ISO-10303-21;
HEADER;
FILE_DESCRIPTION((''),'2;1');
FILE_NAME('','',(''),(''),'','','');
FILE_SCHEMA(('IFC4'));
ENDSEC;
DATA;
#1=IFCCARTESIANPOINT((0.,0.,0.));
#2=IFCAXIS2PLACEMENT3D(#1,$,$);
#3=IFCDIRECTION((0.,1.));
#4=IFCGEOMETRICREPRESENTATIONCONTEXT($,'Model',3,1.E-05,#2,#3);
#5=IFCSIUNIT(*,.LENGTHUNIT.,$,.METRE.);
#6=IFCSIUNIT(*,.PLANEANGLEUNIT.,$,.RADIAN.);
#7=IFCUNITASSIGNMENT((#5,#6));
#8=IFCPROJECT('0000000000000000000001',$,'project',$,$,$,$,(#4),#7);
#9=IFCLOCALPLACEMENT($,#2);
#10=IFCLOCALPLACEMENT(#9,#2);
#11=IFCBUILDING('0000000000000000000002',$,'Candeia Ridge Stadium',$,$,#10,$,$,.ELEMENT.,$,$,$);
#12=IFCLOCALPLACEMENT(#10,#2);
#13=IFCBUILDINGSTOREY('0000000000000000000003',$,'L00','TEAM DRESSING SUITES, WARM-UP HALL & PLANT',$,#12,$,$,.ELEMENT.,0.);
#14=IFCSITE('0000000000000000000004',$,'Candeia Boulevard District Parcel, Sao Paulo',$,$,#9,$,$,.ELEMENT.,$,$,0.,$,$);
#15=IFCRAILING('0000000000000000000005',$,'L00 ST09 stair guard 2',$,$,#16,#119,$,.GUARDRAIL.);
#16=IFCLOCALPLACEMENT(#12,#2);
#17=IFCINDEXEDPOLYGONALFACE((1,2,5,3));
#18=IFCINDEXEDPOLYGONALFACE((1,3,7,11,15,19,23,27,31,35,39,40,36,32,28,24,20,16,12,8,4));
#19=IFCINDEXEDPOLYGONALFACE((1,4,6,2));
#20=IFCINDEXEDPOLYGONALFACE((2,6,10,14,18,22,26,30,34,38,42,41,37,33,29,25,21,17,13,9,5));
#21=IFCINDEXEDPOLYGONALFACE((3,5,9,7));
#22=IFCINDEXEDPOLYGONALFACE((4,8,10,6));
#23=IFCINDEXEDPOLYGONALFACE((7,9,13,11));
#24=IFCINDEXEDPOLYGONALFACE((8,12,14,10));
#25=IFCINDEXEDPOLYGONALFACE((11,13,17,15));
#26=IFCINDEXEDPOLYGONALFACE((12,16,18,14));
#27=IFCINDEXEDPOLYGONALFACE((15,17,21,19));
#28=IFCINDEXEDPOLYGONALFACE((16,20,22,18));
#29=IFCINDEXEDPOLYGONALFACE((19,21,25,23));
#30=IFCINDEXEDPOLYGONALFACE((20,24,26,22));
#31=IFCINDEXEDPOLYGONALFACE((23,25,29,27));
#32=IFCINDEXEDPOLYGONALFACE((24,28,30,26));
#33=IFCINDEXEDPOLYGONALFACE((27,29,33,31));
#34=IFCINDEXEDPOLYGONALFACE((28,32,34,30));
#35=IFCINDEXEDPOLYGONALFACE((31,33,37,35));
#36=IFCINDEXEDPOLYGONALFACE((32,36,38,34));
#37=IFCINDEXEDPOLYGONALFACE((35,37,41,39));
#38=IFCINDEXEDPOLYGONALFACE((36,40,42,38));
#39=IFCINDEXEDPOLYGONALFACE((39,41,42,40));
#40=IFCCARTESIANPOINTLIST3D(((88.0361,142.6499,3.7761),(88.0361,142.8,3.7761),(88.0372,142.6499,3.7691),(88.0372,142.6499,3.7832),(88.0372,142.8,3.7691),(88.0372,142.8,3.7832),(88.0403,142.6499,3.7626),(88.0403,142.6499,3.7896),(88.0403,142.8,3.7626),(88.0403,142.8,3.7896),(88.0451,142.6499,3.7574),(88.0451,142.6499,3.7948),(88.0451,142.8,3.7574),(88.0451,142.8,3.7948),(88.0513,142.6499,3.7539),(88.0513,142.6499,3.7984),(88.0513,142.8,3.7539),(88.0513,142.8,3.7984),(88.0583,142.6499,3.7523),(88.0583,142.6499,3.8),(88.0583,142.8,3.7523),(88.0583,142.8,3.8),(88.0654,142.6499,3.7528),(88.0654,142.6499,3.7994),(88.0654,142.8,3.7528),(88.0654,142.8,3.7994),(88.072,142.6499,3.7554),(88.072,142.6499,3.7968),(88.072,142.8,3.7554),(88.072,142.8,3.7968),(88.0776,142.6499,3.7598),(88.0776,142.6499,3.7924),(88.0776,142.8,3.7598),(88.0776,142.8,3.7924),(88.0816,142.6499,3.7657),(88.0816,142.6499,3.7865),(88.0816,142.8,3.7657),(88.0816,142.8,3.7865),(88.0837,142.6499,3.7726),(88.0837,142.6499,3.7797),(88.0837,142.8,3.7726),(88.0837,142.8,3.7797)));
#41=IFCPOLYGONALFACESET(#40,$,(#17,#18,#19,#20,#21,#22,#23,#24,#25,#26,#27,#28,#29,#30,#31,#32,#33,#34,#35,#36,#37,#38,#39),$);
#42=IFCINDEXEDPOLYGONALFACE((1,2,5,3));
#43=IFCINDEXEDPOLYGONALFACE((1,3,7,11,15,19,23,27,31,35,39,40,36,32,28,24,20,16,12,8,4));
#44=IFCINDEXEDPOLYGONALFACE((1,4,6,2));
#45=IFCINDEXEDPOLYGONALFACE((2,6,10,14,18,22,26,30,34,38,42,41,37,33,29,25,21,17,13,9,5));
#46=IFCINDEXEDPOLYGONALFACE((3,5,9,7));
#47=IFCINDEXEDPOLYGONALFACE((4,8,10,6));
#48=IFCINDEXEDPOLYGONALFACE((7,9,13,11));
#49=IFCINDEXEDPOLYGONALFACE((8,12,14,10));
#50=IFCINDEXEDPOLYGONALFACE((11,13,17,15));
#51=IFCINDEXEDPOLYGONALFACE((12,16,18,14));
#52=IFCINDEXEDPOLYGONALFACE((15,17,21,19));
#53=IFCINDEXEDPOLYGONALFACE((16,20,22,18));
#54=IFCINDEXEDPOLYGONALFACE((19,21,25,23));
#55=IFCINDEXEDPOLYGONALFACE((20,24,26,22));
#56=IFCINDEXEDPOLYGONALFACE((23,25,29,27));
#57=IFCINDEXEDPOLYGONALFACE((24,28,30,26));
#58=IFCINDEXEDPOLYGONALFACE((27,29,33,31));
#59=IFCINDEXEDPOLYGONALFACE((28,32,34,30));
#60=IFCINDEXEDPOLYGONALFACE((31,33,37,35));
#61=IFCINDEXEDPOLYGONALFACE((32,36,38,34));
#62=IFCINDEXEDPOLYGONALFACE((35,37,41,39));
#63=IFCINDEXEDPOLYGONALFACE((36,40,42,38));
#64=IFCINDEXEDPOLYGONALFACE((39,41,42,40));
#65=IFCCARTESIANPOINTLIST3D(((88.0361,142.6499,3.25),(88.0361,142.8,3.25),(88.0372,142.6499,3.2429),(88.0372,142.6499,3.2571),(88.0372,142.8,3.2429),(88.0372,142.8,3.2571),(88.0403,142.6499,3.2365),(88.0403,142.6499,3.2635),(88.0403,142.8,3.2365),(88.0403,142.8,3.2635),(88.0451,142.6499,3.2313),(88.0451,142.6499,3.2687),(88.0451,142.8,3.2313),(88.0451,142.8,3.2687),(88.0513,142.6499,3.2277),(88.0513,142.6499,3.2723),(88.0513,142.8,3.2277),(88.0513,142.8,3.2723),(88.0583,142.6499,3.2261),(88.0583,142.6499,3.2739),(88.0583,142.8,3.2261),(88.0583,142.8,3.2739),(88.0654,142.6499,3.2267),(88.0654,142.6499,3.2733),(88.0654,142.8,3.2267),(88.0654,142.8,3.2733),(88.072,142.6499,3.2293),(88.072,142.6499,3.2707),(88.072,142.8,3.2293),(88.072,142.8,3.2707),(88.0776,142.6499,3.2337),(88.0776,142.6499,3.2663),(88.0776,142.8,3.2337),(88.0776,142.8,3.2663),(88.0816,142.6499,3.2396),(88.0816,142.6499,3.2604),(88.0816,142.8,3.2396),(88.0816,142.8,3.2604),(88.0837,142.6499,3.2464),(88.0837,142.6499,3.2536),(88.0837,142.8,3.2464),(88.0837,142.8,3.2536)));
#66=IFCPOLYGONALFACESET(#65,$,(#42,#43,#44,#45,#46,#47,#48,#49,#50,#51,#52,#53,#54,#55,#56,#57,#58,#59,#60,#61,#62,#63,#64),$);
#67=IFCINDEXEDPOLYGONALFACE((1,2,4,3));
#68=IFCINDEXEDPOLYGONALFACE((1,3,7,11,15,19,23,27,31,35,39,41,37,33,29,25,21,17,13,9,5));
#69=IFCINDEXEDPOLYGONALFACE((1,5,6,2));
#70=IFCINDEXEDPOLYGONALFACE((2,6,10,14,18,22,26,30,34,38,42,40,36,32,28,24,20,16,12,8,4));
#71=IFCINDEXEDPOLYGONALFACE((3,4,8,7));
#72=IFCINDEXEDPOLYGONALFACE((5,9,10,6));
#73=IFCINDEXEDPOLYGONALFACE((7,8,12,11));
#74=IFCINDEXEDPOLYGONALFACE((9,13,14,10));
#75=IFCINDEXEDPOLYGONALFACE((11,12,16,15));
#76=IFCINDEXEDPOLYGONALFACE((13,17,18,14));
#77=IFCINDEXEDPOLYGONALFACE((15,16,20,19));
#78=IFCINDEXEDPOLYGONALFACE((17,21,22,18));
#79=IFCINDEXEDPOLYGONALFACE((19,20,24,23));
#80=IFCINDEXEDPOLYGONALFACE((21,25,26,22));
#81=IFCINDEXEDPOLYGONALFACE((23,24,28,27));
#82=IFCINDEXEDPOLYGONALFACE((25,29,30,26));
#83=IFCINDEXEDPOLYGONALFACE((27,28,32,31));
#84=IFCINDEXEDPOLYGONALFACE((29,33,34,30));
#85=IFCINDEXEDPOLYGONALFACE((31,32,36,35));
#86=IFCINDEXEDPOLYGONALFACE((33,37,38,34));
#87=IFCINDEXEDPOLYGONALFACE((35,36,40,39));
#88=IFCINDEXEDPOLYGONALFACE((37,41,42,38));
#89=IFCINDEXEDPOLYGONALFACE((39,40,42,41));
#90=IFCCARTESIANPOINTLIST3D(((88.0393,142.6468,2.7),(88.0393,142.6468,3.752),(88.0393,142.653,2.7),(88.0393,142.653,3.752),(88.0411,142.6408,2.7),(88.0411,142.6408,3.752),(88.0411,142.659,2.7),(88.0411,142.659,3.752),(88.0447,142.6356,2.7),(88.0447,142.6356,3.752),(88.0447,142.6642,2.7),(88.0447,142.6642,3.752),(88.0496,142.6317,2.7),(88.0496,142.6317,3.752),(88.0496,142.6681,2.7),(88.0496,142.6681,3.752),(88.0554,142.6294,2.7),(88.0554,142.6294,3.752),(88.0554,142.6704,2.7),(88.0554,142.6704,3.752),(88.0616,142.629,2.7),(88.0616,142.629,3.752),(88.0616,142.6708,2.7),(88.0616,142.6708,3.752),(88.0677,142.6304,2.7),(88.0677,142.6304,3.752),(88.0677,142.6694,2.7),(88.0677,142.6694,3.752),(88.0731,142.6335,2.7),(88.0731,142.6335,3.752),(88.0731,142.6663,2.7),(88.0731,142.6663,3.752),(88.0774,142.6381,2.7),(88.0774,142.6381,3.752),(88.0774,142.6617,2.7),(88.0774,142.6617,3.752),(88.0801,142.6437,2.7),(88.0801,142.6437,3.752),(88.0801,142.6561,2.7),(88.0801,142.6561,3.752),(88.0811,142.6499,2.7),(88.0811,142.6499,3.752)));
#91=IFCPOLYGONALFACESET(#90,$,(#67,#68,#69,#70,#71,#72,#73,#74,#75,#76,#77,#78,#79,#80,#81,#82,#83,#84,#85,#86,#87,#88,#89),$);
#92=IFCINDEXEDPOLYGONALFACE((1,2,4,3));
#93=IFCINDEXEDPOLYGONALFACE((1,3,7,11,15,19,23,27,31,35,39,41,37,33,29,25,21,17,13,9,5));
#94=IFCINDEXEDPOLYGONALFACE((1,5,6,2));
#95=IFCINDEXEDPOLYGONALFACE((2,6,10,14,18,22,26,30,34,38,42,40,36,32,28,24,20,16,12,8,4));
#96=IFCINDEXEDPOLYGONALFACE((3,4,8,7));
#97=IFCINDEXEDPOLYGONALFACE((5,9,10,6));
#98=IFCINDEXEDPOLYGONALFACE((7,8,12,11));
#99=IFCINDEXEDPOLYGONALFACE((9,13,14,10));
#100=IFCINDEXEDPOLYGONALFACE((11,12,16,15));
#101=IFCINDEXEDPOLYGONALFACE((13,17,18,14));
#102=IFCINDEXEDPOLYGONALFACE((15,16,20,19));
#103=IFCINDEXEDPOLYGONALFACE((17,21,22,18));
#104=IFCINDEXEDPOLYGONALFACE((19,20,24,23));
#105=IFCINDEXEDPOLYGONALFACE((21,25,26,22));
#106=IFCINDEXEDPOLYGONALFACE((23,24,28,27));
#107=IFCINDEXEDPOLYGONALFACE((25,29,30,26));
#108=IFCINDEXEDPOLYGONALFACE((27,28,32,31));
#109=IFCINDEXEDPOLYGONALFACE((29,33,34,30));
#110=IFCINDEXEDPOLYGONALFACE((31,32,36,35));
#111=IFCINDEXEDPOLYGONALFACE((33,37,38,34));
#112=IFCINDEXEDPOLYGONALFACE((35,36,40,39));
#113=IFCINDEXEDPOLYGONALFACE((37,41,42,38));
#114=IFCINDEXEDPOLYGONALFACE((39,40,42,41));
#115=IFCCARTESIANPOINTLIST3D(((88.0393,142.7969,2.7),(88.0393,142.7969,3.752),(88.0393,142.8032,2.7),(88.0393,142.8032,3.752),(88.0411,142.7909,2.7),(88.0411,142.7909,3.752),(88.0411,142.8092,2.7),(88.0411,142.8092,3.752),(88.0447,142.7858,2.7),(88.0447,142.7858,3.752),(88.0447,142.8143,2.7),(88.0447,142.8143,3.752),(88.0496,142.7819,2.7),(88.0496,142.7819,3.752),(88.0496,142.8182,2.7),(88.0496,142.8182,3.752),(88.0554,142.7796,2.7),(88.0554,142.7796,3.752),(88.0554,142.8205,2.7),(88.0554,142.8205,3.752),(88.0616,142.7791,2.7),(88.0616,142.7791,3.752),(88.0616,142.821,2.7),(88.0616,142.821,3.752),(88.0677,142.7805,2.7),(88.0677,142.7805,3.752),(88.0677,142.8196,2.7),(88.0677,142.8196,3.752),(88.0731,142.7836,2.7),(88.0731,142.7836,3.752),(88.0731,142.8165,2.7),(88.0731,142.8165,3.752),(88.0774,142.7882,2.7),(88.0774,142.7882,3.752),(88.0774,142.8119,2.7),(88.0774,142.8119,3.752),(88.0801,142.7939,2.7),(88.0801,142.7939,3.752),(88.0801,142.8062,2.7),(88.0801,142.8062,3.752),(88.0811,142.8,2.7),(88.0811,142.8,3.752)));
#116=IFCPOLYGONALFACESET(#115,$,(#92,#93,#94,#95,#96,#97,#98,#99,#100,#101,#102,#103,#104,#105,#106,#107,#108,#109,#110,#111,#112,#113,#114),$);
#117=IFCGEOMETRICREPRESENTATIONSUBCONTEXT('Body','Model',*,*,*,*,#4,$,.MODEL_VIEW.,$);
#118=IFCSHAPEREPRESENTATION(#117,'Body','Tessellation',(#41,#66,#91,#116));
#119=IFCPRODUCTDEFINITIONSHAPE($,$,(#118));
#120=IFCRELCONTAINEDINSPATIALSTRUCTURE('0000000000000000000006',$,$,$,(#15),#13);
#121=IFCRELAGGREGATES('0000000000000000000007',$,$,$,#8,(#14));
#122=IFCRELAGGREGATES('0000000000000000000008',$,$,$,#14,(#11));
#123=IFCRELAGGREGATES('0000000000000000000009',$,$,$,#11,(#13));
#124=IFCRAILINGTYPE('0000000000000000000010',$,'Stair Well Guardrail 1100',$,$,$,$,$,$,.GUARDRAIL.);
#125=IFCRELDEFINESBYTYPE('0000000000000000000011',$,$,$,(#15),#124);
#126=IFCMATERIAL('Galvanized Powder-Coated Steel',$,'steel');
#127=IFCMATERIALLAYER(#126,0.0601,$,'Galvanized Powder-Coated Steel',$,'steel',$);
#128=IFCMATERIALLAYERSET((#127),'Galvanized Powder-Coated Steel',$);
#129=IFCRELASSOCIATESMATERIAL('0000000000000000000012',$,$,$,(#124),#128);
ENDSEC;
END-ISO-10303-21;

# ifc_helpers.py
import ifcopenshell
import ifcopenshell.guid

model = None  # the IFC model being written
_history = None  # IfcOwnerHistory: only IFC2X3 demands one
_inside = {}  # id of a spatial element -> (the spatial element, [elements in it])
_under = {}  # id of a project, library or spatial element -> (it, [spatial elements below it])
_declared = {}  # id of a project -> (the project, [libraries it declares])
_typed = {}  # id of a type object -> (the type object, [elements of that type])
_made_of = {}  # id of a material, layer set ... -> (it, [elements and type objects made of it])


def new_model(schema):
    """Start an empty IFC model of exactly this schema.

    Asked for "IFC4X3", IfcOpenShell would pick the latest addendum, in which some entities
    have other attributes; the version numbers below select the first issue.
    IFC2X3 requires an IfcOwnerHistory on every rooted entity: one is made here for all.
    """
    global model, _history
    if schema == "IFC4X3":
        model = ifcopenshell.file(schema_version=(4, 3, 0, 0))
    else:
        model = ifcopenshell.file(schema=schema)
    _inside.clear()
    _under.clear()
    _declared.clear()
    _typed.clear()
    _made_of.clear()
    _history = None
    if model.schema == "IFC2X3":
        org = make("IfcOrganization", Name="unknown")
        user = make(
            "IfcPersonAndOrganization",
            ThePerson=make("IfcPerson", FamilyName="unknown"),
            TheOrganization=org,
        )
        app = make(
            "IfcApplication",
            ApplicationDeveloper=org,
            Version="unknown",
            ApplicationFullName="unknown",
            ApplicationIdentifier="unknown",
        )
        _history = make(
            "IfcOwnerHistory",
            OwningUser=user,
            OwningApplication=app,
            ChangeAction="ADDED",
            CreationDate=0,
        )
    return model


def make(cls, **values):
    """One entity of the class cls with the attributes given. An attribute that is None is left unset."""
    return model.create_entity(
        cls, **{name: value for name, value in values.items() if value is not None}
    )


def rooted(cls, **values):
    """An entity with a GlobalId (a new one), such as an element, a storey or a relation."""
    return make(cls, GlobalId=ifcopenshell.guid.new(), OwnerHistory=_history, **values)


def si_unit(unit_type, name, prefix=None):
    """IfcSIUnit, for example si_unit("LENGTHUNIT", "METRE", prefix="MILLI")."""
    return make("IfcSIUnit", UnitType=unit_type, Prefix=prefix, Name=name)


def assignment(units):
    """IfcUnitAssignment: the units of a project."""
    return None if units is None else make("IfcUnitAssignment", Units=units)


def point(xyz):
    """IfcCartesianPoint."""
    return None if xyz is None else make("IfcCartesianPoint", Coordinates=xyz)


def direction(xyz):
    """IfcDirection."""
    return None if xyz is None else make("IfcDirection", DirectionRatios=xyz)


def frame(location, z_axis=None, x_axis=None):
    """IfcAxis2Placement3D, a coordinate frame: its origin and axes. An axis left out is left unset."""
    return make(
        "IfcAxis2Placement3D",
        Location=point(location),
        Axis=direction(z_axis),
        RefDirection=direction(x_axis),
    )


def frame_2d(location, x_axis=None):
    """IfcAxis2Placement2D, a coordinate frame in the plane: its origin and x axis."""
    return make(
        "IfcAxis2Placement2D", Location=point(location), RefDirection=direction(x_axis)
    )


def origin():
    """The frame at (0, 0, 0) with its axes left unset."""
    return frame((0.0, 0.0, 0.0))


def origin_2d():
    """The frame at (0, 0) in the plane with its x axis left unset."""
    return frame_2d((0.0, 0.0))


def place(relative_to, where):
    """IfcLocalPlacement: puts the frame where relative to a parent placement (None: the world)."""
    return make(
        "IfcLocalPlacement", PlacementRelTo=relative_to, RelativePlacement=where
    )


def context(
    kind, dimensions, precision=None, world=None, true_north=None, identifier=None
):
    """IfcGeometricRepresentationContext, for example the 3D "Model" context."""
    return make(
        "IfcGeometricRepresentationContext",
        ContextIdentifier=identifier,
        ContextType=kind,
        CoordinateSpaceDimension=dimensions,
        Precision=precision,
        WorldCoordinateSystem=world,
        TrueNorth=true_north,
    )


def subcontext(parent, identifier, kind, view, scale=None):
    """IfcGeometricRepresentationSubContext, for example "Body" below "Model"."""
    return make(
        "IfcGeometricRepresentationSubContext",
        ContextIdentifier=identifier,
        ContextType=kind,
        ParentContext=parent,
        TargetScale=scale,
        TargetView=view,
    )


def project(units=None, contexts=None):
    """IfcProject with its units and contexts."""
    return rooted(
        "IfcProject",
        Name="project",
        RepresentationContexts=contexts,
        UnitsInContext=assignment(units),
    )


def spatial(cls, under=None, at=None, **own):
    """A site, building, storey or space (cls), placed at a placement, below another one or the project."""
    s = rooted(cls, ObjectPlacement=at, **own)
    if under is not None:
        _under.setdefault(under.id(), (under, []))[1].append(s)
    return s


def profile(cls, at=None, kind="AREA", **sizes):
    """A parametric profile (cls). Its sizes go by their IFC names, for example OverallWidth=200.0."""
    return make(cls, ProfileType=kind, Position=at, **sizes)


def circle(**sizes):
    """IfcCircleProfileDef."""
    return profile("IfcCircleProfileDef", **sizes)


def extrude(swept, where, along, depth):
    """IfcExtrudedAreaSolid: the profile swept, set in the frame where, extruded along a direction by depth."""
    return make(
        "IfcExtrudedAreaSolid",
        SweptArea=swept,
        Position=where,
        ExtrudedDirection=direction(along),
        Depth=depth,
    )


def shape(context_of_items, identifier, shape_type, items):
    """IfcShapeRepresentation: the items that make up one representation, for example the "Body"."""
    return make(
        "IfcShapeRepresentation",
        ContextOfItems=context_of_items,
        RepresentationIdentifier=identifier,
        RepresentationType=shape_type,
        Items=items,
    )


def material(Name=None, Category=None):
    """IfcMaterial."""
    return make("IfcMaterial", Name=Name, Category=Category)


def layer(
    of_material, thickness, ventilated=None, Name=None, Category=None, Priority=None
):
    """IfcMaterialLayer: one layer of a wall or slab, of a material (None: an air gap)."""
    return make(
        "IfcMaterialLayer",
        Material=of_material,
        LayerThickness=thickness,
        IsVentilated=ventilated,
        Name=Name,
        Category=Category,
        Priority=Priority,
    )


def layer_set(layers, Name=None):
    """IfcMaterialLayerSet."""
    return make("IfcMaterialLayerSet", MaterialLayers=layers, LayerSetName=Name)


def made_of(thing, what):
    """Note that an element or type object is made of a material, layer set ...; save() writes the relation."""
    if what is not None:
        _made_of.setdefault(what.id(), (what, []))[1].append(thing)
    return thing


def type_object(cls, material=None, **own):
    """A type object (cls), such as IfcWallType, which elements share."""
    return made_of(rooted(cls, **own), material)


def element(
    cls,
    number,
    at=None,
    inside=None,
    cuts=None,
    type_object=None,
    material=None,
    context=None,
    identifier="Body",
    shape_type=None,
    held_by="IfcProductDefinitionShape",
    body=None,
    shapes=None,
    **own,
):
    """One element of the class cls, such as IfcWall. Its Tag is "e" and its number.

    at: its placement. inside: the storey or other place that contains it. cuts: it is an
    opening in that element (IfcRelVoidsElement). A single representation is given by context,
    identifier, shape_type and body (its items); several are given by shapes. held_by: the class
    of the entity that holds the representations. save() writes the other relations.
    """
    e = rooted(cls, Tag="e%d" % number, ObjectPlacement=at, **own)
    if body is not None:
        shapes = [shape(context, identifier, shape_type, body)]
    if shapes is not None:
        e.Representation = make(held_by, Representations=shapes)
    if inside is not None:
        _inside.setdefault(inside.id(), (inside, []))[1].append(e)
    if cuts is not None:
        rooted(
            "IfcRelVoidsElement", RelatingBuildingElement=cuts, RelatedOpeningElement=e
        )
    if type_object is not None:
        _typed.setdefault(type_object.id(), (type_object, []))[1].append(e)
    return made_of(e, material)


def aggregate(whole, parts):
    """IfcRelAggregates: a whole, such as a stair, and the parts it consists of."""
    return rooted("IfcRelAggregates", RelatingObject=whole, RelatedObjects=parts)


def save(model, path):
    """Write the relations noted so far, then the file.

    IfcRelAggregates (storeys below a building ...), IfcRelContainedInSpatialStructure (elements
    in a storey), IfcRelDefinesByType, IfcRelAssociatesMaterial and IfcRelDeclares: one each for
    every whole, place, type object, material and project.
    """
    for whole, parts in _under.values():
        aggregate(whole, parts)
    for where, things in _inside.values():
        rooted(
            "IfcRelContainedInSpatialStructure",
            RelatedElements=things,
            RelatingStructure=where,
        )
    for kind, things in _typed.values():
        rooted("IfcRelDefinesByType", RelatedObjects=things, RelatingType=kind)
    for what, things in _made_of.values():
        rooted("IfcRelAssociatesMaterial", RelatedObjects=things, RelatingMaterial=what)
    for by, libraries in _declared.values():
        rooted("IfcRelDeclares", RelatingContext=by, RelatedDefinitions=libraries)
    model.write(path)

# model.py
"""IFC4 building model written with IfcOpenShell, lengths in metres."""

from ifc_helpers import new_model, si_unit, direction, frame, origin, origin_2d, place, context, subcontext, project, spatial, circle, extrude, material, layer, layer_set, type_object, element, save


model = new_model("IFC4")

# Units and contexts
model_context = context("Model", 3, precision=1e-05, world=origin(), true_north=direction((0.0, 1.0)))
body_context = subcontext(model_context, "Body", "Model", "MODEL_VIEW")
ifc_project = project(units=[si_unit("LENGTHUNIT", "METRE"), si_unit("PLANEANGLEUNIT", "RADIAN")], contexts=[model_context])

# Site, building, storey
site_placement = place(None, origin())
site = spatial("IfcSite", under=ifc_project, at=site_placement, Name="Candeia Boulevard District Parcel, Sao Paulo", CompositionType="ELEMENT", RefElevation=0.0)
building_placement = place(site_placement, origin())
building = spatial("IfcBuilding", under=site, at=building_placement, Name="Candeia Ridge Stadium", CompositionType="ELEMENT")
storey_placement = place(building_placement, origin())
storey = spatial("IfcBuildingStorey", under=building, at=storey_placement, Name="L00", Description="TEAM DRESSING SUITES, WARM-UP HALL & PLANT", CompositionType="ELEMENT", Elevation=0.0)

# Railing
ifc_material_1 = material(Name="Galvanized Powder-Coated Steel", Category="steel")
ifc_layer_1 = layer(ifc_material_1, 0.0601, Name="Galvanized Powder-Coated Steel", Category="steel")
ifc_layer_set_1 = layer_set([ifc_layer_1], Name="Galvanized Powder-Coated Steel")
railing_type_1 = type_object("IfcRailingType", Name="Stair Well Guardrail 1100", PredefinedType="GUARDRAIL", material=ifc_layer_set_1)
railing_1_placement = place(storey_placement, frame((88.0601, 142.6499, 2.7)))
element("IfcRailing", 1, at=railing_1_placement, inside=storey, type_object=railing_type_1, Name="L00 ST09 stair guard 2", PredefinedType="GUARDRAIL", context=body_context, shape_type="SweptSolid", body=[
    extrude(circle(Radius=0.0239, at=origin_2d()), frame((0.0, 0.0, 1.0762), z_axis=(0.0, 1.0, 0.0), x_axis=(-1.0, 0.0, 0.0)), (0.0, 0.0, 1.0), 0.1501),
    extrude(circle(Radius=0.0239, at=origin_2d()), frame((0.0, 0.0, 0.55), z_axis=(0.0, 1.0, 0.0), x_axis=(-1.0, 0.0, 0.0)), (0.0, 0.0, 1.0), 0.1501),
    extrude(circle(Radius=0.021, at=origin_2d()), origin(), (0.0, 0.0, 1.0), 1.052),
    extrude(circle(Radius=0.021, at=origin_2d()), frame((0.0, 0.1501, 0.0)), (0.0, 0.0, 1.0), 1.052),
])

save(model, "model.ifc")
